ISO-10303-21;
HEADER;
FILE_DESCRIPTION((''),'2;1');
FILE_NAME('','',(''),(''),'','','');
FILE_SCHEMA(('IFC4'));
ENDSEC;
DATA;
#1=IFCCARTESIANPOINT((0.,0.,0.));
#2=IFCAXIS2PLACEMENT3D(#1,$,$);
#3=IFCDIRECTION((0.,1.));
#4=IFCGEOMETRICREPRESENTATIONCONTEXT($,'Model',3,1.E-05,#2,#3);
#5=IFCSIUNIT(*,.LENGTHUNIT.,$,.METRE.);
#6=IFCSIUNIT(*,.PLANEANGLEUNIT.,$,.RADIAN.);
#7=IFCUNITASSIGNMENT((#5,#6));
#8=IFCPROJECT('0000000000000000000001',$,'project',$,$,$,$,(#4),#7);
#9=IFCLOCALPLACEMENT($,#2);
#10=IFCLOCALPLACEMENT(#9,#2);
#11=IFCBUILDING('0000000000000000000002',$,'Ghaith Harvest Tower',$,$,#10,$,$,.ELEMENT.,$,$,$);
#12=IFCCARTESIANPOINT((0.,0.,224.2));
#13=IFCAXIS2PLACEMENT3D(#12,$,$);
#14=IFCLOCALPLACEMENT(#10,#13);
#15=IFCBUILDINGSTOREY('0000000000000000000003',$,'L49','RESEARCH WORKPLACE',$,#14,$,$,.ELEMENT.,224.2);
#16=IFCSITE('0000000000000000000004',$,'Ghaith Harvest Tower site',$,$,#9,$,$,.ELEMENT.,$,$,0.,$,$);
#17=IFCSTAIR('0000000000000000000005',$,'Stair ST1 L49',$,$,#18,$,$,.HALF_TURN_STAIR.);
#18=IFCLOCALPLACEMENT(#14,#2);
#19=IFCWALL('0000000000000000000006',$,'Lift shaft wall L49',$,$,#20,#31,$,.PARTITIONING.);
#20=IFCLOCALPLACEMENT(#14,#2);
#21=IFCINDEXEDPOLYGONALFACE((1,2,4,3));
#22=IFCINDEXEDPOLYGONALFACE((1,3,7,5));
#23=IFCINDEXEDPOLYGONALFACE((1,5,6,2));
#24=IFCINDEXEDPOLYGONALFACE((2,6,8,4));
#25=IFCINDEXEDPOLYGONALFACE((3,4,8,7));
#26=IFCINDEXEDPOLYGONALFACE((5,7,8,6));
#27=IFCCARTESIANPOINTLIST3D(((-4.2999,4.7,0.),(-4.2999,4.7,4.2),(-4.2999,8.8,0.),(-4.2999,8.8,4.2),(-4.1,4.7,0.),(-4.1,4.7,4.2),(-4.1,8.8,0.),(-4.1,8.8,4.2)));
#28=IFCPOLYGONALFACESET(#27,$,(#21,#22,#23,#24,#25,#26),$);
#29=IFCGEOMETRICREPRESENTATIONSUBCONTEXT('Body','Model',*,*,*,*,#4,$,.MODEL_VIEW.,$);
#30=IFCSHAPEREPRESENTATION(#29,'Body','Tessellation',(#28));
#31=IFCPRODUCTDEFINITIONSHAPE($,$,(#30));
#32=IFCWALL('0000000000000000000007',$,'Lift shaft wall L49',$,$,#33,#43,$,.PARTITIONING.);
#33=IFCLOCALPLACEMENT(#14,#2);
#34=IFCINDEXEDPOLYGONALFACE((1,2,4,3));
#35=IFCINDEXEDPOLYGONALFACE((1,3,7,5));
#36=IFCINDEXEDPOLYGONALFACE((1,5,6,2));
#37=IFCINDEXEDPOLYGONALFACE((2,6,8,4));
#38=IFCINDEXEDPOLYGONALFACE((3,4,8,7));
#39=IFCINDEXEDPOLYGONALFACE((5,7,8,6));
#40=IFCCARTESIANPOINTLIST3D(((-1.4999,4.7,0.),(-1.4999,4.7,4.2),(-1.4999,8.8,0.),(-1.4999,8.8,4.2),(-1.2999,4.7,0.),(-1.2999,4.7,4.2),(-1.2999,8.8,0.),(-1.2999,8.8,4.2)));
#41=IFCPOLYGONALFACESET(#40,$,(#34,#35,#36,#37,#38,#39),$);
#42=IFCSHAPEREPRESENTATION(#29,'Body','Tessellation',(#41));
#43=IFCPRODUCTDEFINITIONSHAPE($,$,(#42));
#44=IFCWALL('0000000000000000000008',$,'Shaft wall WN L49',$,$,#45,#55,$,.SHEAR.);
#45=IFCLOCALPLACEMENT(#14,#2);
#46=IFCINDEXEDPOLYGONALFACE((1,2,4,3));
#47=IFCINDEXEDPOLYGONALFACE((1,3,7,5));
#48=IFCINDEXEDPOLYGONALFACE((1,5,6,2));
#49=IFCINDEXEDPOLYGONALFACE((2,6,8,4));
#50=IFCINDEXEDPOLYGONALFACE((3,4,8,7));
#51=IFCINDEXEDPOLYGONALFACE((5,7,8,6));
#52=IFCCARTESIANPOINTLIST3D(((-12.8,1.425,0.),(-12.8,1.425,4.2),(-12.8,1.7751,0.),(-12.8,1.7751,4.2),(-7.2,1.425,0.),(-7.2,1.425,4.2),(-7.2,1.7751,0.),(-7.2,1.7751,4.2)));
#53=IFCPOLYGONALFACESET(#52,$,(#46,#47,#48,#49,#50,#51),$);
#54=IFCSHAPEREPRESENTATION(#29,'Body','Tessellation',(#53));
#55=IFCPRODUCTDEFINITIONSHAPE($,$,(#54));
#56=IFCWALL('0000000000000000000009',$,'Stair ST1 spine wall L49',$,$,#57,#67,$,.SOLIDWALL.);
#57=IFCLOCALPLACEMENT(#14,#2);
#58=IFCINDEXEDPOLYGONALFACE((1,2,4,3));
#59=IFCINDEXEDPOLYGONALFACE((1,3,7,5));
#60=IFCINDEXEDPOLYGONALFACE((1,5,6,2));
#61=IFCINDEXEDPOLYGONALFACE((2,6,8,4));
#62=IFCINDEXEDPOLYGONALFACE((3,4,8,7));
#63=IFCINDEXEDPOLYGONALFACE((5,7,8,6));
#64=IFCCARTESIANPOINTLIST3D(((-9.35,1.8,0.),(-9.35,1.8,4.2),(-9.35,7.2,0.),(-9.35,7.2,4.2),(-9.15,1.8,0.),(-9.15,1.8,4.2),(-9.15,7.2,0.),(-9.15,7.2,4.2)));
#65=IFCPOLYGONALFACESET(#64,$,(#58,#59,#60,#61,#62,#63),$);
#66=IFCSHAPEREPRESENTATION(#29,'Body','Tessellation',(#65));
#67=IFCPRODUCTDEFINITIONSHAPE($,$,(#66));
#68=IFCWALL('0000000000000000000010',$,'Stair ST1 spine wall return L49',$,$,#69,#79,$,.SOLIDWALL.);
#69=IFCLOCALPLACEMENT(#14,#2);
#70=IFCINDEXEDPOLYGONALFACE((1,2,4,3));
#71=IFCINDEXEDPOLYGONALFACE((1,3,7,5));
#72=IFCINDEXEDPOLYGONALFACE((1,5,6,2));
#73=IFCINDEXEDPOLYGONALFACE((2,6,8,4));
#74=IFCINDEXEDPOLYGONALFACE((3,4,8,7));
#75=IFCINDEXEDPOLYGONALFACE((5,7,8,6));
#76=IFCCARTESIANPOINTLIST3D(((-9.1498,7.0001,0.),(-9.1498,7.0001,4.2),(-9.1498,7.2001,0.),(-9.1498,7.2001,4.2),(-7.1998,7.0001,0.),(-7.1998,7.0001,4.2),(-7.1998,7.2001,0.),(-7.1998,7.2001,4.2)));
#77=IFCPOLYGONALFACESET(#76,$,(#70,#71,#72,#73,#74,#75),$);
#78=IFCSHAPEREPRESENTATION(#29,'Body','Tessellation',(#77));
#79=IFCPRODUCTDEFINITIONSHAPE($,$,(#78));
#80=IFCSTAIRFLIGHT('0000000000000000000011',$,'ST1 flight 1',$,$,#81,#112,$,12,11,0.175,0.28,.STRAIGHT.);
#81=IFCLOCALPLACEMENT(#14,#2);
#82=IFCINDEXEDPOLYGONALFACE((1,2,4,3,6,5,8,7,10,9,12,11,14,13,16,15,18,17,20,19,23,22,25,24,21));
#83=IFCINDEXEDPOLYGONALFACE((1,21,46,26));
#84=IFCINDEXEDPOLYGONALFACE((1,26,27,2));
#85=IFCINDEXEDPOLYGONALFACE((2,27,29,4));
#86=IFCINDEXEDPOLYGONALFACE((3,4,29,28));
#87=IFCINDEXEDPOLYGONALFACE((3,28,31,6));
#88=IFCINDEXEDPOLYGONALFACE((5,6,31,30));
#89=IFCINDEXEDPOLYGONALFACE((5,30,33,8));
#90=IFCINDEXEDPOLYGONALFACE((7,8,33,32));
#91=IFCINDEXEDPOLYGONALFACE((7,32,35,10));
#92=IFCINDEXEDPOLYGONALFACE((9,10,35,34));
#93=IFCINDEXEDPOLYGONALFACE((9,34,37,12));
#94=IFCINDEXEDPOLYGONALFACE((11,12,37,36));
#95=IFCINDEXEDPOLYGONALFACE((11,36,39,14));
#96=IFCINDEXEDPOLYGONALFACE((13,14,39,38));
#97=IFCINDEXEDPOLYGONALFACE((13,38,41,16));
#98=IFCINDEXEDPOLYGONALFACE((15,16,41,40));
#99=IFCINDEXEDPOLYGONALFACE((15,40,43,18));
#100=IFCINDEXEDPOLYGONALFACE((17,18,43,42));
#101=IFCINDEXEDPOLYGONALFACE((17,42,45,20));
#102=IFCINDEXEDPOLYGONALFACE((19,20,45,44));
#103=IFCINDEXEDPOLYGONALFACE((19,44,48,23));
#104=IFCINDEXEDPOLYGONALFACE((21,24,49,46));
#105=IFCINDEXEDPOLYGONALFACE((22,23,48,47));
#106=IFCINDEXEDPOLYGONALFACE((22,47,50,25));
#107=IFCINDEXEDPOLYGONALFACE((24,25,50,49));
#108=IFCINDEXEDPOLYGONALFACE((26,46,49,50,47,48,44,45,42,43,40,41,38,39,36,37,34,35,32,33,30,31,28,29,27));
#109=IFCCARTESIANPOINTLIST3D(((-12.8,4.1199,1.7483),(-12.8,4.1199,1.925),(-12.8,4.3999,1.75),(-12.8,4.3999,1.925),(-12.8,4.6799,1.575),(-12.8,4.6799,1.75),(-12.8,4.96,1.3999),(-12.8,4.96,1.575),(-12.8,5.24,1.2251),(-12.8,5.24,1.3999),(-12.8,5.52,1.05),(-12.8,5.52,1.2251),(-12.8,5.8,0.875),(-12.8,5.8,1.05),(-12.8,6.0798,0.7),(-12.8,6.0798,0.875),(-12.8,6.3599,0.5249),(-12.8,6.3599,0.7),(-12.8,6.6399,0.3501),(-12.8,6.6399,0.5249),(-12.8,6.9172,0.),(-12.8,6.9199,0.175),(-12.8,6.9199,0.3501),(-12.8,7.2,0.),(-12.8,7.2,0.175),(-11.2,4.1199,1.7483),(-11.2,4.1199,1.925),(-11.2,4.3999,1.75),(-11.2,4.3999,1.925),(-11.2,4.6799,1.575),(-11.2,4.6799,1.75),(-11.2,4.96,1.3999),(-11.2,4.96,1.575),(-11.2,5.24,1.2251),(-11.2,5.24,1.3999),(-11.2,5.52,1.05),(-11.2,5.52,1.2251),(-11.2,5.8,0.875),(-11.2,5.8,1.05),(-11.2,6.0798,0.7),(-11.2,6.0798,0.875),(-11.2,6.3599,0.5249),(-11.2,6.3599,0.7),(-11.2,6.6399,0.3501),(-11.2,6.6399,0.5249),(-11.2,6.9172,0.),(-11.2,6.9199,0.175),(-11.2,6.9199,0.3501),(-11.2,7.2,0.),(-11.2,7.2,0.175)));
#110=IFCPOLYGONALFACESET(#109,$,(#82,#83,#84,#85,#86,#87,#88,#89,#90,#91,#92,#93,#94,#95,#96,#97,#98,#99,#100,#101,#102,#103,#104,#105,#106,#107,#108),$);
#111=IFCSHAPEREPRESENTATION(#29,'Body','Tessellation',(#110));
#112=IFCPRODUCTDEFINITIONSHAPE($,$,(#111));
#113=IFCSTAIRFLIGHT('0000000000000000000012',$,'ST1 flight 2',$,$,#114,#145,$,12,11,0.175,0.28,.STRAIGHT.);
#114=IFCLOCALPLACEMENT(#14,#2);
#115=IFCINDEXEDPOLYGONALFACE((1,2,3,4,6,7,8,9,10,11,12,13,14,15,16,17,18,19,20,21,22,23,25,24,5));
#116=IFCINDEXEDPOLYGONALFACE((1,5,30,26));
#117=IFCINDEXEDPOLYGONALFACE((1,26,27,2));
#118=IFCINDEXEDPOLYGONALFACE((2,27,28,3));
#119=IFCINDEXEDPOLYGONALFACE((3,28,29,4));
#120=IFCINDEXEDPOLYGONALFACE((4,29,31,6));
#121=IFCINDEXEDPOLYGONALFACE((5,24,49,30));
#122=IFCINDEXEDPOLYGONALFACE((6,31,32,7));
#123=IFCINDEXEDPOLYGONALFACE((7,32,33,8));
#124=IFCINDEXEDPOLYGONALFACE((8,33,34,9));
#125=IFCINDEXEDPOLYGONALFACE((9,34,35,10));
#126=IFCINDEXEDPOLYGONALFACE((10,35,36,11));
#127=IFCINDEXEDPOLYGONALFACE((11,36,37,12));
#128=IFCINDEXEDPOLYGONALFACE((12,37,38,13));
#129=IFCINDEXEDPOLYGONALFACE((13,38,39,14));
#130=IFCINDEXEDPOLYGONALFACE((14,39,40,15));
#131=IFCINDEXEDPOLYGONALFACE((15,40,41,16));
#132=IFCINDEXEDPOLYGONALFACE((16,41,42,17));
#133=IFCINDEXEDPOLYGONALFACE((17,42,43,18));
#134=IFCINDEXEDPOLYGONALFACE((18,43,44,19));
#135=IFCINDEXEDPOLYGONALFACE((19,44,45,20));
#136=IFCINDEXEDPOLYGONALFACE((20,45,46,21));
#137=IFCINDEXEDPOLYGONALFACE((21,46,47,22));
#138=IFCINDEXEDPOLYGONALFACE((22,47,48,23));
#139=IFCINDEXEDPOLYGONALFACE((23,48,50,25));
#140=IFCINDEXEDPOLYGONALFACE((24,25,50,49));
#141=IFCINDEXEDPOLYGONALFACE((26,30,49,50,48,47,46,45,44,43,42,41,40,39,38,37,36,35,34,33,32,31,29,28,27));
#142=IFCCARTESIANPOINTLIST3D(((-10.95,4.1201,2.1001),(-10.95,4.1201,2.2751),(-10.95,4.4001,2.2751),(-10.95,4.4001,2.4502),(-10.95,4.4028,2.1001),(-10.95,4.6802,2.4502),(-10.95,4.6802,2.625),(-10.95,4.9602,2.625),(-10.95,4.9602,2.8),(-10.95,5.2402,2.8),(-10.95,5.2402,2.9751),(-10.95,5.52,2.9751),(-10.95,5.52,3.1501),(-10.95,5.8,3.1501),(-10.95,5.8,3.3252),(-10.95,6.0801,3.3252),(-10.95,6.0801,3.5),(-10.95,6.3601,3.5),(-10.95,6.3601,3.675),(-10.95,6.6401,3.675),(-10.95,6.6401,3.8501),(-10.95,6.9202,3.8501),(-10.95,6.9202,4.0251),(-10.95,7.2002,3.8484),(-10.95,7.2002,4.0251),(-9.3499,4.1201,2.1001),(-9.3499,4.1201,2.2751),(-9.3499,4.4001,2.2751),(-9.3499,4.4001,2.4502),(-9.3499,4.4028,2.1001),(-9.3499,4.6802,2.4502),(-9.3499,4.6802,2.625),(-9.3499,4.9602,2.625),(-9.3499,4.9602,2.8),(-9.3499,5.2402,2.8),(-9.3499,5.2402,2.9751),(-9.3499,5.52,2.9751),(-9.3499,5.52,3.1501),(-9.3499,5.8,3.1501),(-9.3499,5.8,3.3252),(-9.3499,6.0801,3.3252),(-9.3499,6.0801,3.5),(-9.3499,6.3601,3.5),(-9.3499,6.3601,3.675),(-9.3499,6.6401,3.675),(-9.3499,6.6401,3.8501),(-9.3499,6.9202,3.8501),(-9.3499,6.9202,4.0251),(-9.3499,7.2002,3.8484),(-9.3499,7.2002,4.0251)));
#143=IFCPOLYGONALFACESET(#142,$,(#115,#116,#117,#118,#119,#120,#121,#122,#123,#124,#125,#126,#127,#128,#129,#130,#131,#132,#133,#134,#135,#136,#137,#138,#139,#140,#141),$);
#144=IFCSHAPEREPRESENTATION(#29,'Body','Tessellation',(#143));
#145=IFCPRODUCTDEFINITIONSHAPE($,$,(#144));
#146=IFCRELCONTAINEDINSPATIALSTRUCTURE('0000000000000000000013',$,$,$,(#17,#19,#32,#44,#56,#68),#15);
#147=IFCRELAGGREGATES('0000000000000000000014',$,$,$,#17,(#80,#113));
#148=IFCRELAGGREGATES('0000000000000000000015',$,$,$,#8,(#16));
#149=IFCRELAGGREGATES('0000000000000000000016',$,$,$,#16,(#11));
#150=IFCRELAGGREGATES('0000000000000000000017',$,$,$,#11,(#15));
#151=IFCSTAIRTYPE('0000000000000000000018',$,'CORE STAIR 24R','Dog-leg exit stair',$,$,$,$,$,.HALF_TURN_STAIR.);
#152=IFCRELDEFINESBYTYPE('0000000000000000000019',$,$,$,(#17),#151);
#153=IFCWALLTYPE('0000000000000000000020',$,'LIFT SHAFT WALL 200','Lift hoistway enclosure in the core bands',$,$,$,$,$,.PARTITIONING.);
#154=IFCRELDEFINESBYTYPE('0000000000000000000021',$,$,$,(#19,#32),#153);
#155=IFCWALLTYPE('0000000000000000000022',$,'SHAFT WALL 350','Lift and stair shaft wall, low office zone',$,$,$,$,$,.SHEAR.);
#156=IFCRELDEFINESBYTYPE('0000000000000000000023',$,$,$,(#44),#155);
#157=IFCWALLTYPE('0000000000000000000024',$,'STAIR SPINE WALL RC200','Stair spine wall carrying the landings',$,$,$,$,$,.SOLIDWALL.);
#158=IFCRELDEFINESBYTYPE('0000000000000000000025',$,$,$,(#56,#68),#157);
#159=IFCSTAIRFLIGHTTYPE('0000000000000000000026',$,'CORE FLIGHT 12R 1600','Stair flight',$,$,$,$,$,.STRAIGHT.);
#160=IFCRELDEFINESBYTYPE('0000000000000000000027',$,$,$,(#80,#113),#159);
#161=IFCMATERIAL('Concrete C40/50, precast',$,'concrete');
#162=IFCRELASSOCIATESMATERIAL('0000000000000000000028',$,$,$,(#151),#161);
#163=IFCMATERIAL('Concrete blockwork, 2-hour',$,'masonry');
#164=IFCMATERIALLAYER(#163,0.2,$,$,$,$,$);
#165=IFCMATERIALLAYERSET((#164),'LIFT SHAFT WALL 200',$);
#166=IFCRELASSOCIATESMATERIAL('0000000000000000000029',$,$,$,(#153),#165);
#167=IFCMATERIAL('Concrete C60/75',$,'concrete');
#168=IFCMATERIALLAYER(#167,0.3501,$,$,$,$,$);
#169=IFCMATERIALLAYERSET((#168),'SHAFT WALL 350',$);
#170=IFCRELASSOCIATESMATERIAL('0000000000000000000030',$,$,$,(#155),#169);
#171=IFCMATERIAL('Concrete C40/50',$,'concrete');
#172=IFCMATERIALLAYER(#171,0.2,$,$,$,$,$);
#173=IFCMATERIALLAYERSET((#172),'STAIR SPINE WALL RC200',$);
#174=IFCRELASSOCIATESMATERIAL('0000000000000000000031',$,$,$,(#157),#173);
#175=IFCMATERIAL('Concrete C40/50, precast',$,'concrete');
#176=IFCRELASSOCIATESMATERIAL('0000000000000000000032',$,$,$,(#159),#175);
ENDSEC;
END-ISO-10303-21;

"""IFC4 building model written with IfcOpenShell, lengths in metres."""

from ifc_helpers import new_model, si_unit, direction, frame, frame_2d, origin, place, context, subcontext, project, spatial, polyline, rectangle, outline, extrude, material, layer, layer_set, type_object, element, aggregate, save


model = new_model("IFC4")

# Units and contexts
model_context = context("Model", 3, precision=1e-05, world=origin(), true_north=direction((0.0, 1.0)))
body_context = subcontext(model_context, "Body", "Model", "MODEL_VIEW")
ifc_project = project(units=[si_unit("LENGTHUNIT", "METRE"), si_unit("PLANEANGLEUNIT", "RADIAN")], contexts=[model_context])

# Site, building, storey
site_placement = place(None, origin())
site = spatial("IfcSite", under=ifc_project, at=site_placement, Name="Ghaith Harvest Tower site", CompositionType="ELEMENT", RefElevation=0.0)
building_placement = place(site_placement, origin())
building = spatial("IfcBuilding", under=site, at=building_placement, Name="Ghaith Harvest Tower", CompositionType="ELEMENT")
storey_placement = place(building_placement, frame((0.0, 0.0, 224.2)))
storey = spatial("IfcBuildingStorey", under=building, at=storey_placement, Name="L49", Description="RESEARCH WORKPLACE", CompositionType="ELEMENT", Elevation=224.2)

# Stair
ifc_material_1 = material(Name="Concrete C40/50, precast", Category="concrete")
stair_type = type_object("IfcStairType", Name="CORE STAIR 24R", Description="Dog-leg exit stair", PredefinedType="HALF_TURN_STAIR", material=ifc_material_1)
stair_1_placement = place(storey_placement, origin())
stair_1 = element("IfcStair", 1, at=stair_1_placement, inside=storey, type_object=stair_type, Name="Stair ST1 L49", PredefinedType="HALF_TURN_STAIR")

# Walls
ifc_material_2 = material(Name="Concrete blockwork, 2-hour", Category="masonry")
ifc_layer_1 = layer(ifc_material_2, 0.2)
ifc_layer_set_1 = layer_set([ifc_layer_1], Name="LIFT SHAFT WALL 200")
wall_type_1 = type_object("IfcWallType", Name="LIFT SHAFT WALL 200", Description="Lift hoistway enclosure in the core bands", PredefinedType="PARTITIONING", material=ifc_layer_set_1)
for number, where, z_axis, x_axis, name in (
    (2, (-4.2, 4.7, 0.0), (0.0, 0.0, 1.0), (0.0, 1.0, 0.0), "Lift shaft wall L49"),
    (3, (-1.3999, 4.7, 0.0), (0.0, 0.0, 1.0), (0.0, 1.0, 0.0), "Lift shaft wall L49"),
):
    element("IfcWall", number, at=place(storey_placement, frame(where, z_axis=z_axis, x_axis=x_axis)), inside=storey, type_object=wall_type_1, Name=name, PredefinedType="PARTITIONING", context=body_context, shape_type="SweptSolid", body=[
        extrude(rectangle(XDim=4.1001, YDim=0.2, at=frame_2d((2.05, 0.0))), origin(), (0.0, 0.0, 1.0), 4.2),
    ])

# Shared definitions
ifc_material_3 = material(Name="Concrete C60/75", Category="concrete")
ifc_layer_2 = layer(ifc_material_3, 0.3501)
ifc_layer_set_2 = layer_set([ifc_layer_2], Name="SHAFT WALL 350")
wall_type_2 = type_object("IfcWallType", Name="SHAFT WALL 350", Description="Lift and stair shaft wall, low office zone", PredefinedType="SHEAR", material=ifc_layer_set_2)

# Walls
wall_1_placement = place(storey_placement, frame((-12.8, 1.6001, 0.0), z_axis=(0.0, 0.0, 1.0), x_axis=(1.0, 0.0, 0.0)))
element("IfcWall", 4, at=wall_1_placement, inside=storey, type_object=wall_type_2, Name="Shaft wall WN L49", PredefinedType="SHEAR", context=body_context, shape_type="SweptSolid", body=[
    extrude(rectangle(XDim=5.6001, YDim=0.3501, at=frame_2d((2.8, 0.0))), origin(), (0.0, 0.0, 1.0), 4.2),
])
ifc_material_4 = material(Name="Concrete C40/50", Category="concrete")
ifc_layer_3 = layer(ifc_material_4, 0.2)
ifc_layer_set_3 = layer_set([ifc_layer_3], Name="STAIR SPINE WALL RC200")
wall_type_3 = type_object("IfcWallType", Name="STAIR SPINE WALL RC200", Description="Stair spine wall carrying the landings", PredefinedType="SOLIDWALL", material=ifc_layer_set_3)
wall_2_placement = place(storey_placement, frame((-9.25, 7.2, 0.0), z_axis=(0.0, 0.0, 1.0), x_axis=(0.0, -1.0, 0.0)))
element("IfcWall", 5, at=wall_2_placement, inside=storey, type_object=wall_type_3, Name="Stair ST1 spine wall L49", PredefinedType="SOLIDWALL", context=body_context, shape_type="SweptSolid", body=[
    extrude(rectangle(XDim=5.3999, YDim=0.2, at=frame_2d((2.7, 0.0))), origin(), (0.0, 0.0, 1.0), 4.2),
])
wall_3_placement = place(storey_placement, frame((-9.1499, 7.1001, 0.0), z_axis=(0.0, 0.0, 1.0), x_axis=(1.0, 0.0, 0.0)))
element("IfcWall", 6, at=wall_3_placement, inside=storey, type_object=wall_type_3, Name="Stair ST1 spine wall return L49", PredefinedType="SOLIDWALL", context=body_context, shape_type="SweptSolid", body=[
    extrude(rectangle(XDim=1.95, YDim=0.2, at=frame_2d((0.9751, 0.0))), origin(), (0.0, 0.0, 1.0), 4.2),
])

# Stair flights
ifc_material_5 = material(Name="Concrete C40/50, precast", Category="concrete")
stair_flight_type = type_object("IfcStairFlightType", Name="CORE FLIGHT 12R 1600", Description="Stair flight", PredefinedType="STRAIGHT", material=ifc_material_5)
stair_flight_1_placement = place(storey_placement, frame((-12.0, 7.2, 0.0), z_axis=(0.0, 0.0, 1.0), x_axis=(0.0, -1.0, 0.0)))
stair_flight_1 = element("IfcStairFlight", 7, at=stair_flight_1_placement, type_object=stair_flight_type, Name="ST1 flight 1", NumberOfRisers=12, NumberOfTreads=11, PredefinedType="STRAIGHT", RiserHeight=0.175, TreadLength=0.28, context=body_context, shape_type="SweptSolid", body=[
    extrude(outline(polyline([(0.0, 0.0), (0.0, 0.175), (0.28, 0.175), (0.28, 0.3501), (0.5601, 0.3501), (0.5601, 0.5249), (0.8401, 0.5249), (0.8401, 0.7), (1.1201, 0.7), (1.1201, 0.875), (1.3999, 0.875), (1.3999, 1.05), (1.6799, 1.05), (1.6799, 1.2251), (1.96, 1.2251), (1.96, 1.3999), (2.24, 1.3999), (2.24, 1.575), (2.52, 1.575), (2.52, 1.75), (2.8, 1.75), (2.8, 1.925), (3.0801, 1.925), (3.0801, 2.1001), (3.0801, 1.7483), (0.2827, 0.0), (0.0, 0.0)])), frame((0.0, 0.8, 0.0), z_axis=(0.0, -1.0, 0.0), x_axis=(1.0, 0.0, 0.0)), (0.0, 0.0, 1.0), 1.6001),
])
stair_flight_2_placement = place(storey_placement, frame((-10.1499, 4.1201, 2.1001), z_axis=(0.0, 0.0, 1.0), x_axis=(0.0, 1.0, 0.0)))
stair_flight_2 = element("IfcStairFlight", 8, at=stair_flight_2_placement, type_object=stair_flight_type, Name="ST1 flight 2", NumberOfRisers=12, NumberOfTreads=11, PredefinedType="STRAIGHT", RiserHeight=0.175, TreadLength=0.28, context=body_context, shape_type="SweptSolid", body=[
    extrude(outline(polyline([(0.0, 0.0), (0.0, 0.175), (0.28, 0.175), (0.28, 0.3501), (0.5601, 0.3501), (0.5601, 0.5249), (0.8401, 0.5249), (0.8401, 0.7), (1.1201, 0.7), (1.1201, 0.875), (1.3999, 0.875), (1.3999, 1.05), (1.6799, 1.05), (1.6799, 1.2251), (1.96, 1.2251), (1.96, 1.3999), (2.24, 1.3999), (2.24, 1.575), (2.52, 1.575), (2.52, 1.75), (2.8, 1.75), (2.8, 1.925), (3.0801, 1.925), (3.0801, 2.1001), (3.0801, 1.7483), (0.2827, 0.0), (0.0, 0.0)])), frame((0.0, 0.8, 0.0), z_axis=(0.0, -1.0, 0.0), x_axis=(1.0, 0.0, 0.0)), (0.0, 0.0, 1.0), 1.6001),
])
aggregate(stair_1, [stair_flight_1, stair_flight_2])

save(model, "model.ifc")
